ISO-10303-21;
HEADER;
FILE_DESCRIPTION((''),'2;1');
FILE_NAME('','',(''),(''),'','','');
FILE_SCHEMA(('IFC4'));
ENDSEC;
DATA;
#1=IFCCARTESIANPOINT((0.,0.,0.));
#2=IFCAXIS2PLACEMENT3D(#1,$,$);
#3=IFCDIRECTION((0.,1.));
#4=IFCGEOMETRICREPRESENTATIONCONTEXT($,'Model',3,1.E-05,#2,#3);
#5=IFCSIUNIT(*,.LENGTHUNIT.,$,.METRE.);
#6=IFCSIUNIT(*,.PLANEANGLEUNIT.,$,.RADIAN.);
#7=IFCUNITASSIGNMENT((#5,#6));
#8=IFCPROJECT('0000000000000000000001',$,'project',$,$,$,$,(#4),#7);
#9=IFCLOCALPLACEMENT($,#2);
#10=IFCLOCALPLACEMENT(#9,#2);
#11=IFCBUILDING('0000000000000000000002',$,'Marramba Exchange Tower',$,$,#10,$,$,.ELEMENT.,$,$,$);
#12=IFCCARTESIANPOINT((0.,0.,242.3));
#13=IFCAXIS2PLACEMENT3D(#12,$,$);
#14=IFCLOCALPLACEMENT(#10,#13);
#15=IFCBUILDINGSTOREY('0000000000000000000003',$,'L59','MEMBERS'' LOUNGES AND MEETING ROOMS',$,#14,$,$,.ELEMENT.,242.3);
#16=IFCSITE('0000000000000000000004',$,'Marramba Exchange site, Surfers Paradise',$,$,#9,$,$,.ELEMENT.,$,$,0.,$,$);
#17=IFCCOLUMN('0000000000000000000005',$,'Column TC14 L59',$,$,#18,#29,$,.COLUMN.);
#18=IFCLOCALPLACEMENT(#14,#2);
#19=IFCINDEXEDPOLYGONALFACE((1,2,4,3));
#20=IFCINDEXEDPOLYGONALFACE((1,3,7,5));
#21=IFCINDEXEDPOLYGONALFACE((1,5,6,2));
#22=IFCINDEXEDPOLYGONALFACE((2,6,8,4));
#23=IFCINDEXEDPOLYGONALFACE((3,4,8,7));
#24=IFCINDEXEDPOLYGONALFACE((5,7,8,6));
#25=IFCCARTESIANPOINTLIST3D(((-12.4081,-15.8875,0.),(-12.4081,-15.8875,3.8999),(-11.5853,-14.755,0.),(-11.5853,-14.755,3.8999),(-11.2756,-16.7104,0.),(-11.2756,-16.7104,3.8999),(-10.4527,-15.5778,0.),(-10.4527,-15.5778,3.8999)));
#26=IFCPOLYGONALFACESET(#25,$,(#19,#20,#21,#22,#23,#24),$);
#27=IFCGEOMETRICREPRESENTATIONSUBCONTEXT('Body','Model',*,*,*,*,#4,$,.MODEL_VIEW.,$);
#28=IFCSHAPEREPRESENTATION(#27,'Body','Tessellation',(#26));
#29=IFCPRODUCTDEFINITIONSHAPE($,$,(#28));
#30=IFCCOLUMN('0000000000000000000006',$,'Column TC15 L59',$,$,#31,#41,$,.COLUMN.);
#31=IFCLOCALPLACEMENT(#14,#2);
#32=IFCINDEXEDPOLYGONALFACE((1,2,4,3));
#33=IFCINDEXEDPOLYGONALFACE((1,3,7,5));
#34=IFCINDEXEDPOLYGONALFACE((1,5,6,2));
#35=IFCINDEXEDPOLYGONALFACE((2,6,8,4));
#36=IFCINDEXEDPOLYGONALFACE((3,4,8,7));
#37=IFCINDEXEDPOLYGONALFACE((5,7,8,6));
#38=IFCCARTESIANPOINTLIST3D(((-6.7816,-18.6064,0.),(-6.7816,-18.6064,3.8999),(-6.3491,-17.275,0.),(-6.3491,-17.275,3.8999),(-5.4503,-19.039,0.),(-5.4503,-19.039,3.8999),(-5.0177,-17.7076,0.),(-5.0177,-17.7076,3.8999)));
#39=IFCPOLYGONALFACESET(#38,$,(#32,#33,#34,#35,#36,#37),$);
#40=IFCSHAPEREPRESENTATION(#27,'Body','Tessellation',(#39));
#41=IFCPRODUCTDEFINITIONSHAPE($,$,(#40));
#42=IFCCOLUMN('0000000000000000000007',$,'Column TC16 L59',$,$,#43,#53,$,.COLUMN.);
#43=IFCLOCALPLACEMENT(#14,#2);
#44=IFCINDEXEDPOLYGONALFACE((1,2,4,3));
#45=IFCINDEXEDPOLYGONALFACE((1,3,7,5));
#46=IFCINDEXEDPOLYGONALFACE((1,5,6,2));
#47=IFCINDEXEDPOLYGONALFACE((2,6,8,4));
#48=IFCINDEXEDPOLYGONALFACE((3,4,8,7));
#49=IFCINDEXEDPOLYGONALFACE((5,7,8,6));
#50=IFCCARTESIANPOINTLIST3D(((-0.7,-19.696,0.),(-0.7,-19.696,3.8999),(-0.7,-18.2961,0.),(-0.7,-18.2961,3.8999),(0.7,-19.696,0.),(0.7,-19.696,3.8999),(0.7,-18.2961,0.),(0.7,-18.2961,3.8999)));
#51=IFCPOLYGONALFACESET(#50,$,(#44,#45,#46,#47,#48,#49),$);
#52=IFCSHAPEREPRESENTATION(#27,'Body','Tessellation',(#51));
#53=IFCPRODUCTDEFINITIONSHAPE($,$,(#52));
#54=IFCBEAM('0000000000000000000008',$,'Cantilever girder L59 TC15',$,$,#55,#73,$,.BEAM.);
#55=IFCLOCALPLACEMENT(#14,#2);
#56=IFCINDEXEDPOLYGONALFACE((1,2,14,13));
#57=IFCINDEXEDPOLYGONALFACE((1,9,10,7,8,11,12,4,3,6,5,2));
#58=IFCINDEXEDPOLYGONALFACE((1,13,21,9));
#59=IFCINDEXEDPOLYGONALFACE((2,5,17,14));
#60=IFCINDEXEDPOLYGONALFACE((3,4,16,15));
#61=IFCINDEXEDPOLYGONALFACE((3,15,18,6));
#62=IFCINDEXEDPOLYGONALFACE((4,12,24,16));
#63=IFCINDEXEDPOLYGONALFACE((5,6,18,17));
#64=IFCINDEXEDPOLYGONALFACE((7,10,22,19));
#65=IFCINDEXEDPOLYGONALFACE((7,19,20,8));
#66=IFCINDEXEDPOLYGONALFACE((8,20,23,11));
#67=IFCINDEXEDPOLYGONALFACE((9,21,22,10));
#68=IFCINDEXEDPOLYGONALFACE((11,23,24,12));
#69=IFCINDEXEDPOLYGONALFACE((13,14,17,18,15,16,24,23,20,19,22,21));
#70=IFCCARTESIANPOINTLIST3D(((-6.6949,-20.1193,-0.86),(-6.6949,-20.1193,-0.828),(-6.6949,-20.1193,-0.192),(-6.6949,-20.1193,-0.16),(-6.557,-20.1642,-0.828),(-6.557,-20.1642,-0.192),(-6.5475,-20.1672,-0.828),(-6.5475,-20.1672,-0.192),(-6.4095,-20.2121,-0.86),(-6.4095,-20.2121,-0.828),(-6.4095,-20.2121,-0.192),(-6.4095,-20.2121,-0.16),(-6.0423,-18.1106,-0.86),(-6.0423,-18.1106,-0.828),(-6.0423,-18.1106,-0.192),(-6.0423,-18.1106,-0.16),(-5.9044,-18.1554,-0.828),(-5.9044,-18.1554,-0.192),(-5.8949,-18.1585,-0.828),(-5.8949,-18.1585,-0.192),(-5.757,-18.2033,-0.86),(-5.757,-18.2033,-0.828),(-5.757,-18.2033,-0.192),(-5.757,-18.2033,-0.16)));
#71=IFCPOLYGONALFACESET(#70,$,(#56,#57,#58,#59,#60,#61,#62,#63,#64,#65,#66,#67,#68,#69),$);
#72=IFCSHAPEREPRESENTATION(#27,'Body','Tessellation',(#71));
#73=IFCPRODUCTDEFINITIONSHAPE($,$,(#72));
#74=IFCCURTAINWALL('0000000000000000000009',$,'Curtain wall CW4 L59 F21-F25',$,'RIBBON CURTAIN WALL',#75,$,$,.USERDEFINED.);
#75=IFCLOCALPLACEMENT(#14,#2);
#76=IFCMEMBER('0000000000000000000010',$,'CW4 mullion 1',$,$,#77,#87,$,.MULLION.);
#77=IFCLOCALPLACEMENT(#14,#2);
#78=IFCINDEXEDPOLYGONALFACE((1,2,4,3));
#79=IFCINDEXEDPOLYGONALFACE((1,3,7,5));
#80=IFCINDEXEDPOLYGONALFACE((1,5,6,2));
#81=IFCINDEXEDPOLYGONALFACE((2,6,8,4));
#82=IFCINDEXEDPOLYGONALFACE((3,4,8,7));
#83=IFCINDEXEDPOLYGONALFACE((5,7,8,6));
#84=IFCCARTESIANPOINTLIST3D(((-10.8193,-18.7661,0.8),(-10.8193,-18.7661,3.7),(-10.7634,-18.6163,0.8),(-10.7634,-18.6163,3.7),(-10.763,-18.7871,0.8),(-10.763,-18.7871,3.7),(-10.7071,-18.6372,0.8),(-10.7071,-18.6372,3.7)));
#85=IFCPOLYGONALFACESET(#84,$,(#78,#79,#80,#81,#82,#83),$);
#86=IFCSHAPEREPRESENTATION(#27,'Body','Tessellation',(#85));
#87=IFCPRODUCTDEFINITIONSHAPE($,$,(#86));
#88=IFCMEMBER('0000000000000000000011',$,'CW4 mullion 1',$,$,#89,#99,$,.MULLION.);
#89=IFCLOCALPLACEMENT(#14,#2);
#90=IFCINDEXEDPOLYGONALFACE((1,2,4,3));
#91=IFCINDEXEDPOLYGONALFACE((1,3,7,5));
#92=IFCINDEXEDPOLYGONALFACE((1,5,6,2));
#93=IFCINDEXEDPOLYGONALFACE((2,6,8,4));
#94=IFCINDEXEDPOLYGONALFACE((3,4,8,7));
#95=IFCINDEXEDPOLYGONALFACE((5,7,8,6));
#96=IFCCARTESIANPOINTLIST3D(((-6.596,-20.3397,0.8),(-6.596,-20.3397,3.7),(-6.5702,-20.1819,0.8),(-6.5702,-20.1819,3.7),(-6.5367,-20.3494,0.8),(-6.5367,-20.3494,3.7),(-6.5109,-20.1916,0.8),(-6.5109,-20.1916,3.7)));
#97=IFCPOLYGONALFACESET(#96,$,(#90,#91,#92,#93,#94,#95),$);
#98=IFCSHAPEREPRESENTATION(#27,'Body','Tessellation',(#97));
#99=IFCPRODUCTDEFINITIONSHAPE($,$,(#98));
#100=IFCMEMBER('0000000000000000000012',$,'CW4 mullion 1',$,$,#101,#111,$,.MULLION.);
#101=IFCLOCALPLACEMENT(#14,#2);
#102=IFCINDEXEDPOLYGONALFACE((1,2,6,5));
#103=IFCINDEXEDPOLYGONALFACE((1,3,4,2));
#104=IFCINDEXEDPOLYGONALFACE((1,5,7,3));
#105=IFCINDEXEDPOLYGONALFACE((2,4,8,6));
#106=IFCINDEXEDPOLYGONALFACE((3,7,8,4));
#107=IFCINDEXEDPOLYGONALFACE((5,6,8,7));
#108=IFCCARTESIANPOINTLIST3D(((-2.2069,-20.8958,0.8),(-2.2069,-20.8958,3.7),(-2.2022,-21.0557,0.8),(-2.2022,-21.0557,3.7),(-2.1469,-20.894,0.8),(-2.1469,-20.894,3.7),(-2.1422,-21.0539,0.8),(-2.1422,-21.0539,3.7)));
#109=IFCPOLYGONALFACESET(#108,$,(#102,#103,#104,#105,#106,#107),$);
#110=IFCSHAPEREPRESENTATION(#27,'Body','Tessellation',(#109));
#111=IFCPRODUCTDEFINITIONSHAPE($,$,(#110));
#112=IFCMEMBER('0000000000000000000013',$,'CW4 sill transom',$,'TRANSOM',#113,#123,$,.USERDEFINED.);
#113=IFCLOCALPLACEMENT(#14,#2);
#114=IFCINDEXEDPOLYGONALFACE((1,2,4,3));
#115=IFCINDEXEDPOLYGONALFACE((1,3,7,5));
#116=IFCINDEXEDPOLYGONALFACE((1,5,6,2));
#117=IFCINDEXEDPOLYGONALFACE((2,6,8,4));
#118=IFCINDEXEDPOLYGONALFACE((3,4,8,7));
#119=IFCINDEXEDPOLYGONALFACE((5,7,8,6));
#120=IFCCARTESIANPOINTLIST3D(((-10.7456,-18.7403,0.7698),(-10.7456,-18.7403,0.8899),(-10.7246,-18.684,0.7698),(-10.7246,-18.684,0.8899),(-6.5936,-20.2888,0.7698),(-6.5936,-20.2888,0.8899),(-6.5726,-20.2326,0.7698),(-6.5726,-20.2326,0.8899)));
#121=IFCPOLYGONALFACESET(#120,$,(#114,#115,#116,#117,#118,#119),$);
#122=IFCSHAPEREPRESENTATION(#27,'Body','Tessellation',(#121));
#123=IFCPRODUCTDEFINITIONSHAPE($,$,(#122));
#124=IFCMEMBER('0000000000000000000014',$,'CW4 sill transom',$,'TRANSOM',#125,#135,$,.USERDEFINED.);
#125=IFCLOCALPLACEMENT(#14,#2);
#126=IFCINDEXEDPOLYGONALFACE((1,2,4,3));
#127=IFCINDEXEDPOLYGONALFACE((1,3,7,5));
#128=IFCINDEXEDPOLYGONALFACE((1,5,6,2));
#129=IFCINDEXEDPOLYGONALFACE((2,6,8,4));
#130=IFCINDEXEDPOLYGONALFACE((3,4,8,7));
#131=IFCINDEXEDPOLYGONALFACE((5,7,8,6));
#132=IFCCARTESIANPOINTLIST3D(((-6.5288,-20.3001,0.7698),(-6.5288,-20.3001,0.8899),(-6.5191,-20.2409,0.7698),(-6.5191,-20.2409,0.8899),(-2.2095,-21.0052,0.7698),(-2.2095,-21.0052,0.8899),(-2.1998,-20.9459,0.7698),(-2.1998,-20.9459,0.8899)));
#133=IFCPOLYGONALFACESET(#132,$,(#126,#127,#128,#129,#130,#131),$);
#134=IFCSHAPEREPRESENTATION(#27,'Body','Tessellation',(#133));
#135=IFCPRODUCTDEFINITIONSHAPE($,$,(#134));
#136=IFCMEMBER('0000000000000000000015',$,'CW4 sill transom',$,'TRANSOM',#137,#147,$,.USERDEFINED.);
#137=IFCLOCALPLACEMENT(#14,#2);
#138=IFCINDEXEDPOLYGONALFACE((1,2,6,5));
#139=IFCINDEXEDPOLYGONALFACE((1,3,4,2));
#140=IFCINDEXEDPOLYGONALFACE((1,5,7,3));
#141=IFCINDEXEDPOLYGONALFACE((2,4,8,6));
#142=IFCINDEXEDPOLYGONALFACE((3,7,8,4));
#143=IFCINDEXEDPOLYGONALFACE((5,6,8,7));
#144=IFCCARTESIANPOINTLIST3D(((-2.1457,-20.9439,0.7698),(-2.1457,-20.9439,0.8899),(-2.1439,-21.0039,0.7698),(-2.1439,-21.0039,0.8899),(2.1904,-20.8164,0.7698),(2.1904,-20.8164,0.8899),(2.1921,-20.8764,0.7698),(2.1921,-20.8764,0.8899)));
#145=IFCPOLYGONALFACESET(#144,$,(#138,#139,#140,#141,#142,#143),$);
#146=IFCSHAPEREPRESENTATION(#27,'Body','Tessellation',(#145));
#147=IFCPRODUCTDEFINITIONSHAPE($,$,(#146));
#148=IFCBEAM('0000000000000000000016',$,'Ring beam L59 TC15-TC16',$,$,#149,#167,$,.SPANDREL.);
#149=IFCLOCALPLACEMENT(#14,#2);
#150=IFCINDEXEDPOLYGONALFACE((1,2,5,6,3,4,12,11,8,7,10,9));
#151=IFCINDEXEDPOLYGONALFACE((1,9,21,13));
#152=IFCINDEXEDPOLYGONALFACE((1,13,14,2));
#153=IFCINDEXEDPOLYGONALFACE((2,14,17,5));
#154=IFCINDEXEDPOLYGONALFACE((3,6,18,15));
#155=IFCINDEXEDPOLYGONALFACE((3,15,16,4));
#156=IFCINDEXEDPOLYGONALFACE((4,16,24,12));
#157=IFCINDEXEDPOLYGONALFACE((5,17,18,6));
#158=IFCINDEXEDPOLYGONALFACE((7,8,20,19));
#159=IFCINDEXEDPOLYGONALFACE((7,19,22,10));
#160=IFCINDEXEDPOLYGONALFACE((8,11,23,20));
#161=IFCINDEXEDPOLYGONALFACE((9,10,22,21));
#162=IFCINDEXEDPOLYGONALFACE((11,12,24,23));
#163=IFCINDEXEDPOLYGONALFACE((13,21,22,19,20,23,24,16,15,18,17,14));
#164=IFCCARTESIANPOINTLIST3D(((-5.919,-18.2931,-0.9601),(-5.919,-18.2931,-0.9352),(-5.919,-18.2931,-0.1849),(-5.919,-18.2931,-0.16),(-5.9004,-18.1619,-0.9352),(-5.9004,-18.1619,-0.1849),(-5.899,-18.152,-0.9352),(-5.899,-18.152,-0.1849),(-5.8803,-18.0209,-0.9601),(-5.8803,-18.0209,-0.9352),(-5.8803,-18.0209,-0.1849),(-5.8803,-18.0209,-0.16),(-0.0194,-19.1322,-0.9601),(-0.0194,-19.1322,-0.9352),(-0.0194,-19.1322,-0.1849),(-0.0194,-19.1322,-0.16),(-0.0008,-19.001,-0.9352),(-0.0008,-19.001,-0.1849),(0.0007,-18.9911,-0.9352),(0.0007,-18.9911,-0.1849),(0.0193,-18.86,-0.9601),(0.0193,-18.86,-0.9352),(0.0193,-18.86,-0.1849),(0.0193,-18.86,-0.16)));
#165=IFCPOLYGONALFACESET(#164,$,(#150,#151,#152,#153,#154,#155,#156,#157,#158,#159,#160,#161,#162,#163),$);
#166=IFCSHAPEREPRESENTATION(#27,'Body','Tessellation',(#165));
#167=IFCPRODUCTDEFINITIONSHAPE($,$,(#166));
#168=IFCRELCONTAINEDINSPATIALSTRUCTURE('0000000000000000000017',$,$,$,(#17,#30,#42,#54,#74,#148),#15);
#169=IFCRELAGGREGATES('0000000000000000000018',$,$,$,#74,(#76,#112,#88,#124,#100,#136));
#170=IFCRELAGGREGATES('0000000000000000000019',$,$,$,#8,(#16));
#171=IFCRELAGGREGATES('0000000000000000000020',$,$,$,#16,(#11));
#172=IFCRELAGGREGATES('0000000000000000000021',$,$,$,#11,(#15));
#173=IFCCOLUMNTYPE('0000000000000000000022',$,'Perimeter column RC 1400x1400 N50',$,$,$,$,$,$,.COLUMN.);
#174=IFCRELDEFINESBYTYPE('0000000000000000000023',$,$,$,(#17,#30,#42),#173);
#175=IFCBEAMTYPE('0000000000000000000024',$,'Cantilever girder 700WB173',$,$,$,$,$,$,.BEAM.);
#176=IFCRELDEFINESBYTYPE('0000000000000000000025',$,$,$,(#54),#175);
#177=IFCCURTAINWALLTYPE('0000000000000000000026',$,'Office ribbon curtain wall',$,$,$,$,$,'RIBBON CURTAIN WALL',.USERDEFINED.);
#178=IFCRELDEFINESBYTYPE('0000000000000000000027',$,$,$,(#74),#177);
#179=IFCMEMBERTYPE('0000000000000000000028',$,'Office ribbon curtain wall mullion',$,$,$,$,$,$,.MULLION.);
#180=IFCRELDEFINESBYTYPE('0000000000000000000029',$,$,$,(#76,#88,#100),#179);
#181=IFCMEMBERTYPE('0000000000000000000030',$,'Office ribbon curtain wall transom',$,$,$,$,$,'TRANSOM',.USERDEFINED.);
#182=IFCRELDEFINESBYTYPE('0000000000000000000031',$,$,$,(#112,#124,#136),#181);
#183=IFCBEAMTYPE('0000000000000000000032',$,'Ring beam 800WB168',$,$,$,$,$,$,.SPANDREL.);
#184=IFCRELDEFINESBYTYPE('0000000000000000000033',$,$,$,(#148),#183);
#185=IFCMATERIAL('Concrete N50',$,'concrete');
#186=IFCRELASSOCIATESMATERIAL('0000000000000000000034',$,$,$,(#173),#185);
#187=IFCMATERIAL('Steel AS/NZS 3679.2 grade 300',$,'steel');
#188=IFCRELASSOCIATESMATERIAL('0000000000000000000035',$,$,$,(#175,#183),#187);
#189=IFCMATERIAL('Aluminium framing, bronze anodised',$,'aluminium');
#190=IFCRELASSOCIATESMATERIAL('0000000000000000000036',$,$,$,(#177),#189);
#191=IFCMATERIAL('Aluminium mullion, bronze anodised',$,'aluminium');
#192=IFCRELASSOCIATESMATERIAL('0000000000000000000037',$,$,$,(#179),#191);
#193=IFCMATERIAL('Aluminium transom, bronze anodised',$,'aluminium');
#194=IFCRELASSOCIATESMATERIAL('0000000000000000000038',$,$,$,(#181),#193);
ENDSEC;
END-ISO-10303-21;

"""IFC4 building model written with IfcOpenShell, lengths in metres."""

from ifc_helpers import new_model, si_unit, direction, frame, origin, origin_2d, place, context, subcontext, project, spatial, rectangle, i_section, extrude, material, material_profile, profile_set, type_object, element, aggregate, save


model = new_model("IFC4")

# Units and contexts
model_context = context("Model", 3, precision=1e-05, world=origin(), true_north=direction((0.0, 1.0)))
body_context = subcontext(model_context, "Body", "Model", "MODEL_VIEW")
ifc_project = project(units=[si_unit("LENGTHUNIT", "METRE"), si_unit("PLANEANGLEUNIT", "RADIAN")], contexts=[model_context])

# Site, building, storey
site_placement = place(None, origin())
site = spatial("IfcSite", under=ifc_project, at=site_placement, Name="Marramba Exchange site, Surfers Paradise", CompositionType="ELEMENT", RefElevation=0.0)
building_placement = place(site_placement, origin())
building = spatial("IfcBuilding", under=site, at=building_placement, Name="Marramba Exchange Tower", CompositionType="ELEMENT")
storey_placement = place(building_placement, frame((0.0, 0.0, 242.3)))
storey = spatial("IfcBuildingStorey", under=building, at=storey_placement, Name="L59", Description="MEMBERS' LOUNGES AND MEETING ROOMS", CompositionType="ELEMENT", Elevation=242.3)

# Columns
ifc_material_1 = material(Name="Concrete N50", Category="concrete")
ifc_material_profile_1 = material_profile(ifc_material_1, rectangle(XDim=1.3999, YDim=1.3999, at=origin_2d()), Name="RC 1400x1400")
ifc_profile_set_1 = profile_set([ifc_material_profile_1], Name="Concrete N50")
column_type = type_object("IfcColumnType", Name="Perimeter column RC 1400x1400 N50", PredefinedType="COLUMN", material=ifc_profile_set_1)
for number, where, z_axis, x_axis, name in (
    (1, (-11.4304, -15.7327, 0.0), (0.0, 0.0, 1.0), (-0.587785, -0.809017, 0.0), "Column TC14 L59"),
    (2, (-5.8997, -18.157, 0.0), (0.0, 0.0, 1.0), (-0.309017, -0.951057, 0.0), "Column TC15 L59"),
    (3, (0.0, -18.9961, 0.0), (0.0, 0.0, 1.0), (0.0, -1.0, 0.0), "Column TC16 L59"),
):
    element("IfcColumn", number, at=place(storey_placement, frame(where, z_axis=z_axis, x_axis=x_axis)), inside=storey, type_object=column_type, Name=name, PredefinedType="COLUMN", context=body_context, shape_type="SweptSolid", body=[
        extrude(rectangle(XDim=1.3999, YDim=1.3999, at=origin_2d()), origin(), (0.0, 0.0, 1.0), 3.8999),
    ])

# Beam
ifc_material_2 = material(Name="Steel AS/NZS 3679.2 grade 300", Category="steel")
ifc_material_profile_2 = material_profile(ifc_material_2, i_section(OverallWidth=0.3, OverallDepth=0.7, WebThickness=0.01, FlangeThickness=0.032, at=origin_2d()), Name="700WB173")
ifc_profile_set_2 = profile_set([ifc_material_profile_2], Name="Steel AS/NZS 3679.2 grade 300")
beam_type_1 = type_object("IfcBeamType", Name="Cantilever girder 700WB173", PredefinedType="BEAM", material=ifc_profile_set_2)
beam_1_placement = place(storey_placement, frame((-5.8997, -18.157, -0.51), z_axis=(-0.308971, -0.951071, 0.0), x_axis=(0.951071, -0.308971, 0.0)))
element("IfcBeam", 4, at=beam_1_placement, inside=storey, type_object=beam_type_1, Name="Cantilever girder L59 TC15", PredefinedType="BEAM", context=body_context, shape_type="SweptSolid", body=[
    extrude(i_section(OverallWidth=0.3, OverallDepth=0.7, WebThickness=0.01, FlangeThickness=0.032, at=origin_2d()), origin(), (0.0, 0.0, 1.0), 2.1121),
])

# Curtain wall, members
ifc_material_3 = material(Name="Aluminium framing, bronze anodised", Category="aluminium")
curtain_wall_type = type_object("IfcCurtainWallType", Name="Office ribbon curtain wall", ElementType="RIBBON CURTAIN WALL", PredefinedType="USERDEFINED", material=ifc_material_3)
curtain_wall_1_placement = place(storey_placement, origin())
curtain_wall_1 = element("IfcCurtainWall", 5, at=curtain_wall_1_placement, inside=storey, type_object=curtain_wall_type, Name="Curtain wall CW4 L59 F21-F25", ObjectType="RIBBON CURTAIN WALL", PredefinedType="USERDEFINED")
ifc_material_4 = material(Name="Aluminium mullion, bronze anodised", Category="aluminium")
ifc_material_profile_3 = material_profile(ifc_material_4, rectangle(XDim=0.1599, YDim=0.0601, at=origin_2d()), Name="CW4 mullion 60x160")
ifc_profile_set_3 = profile_set([ifc_material_profile_3], Name="Aluminium mullion, bronze anodised")
member_type_1 = type_object("IfcMemberType", Name="Office ribbon curtain wall mullion", PredefinedType="MULLION", material=ifc_profile_set_3)
member_1_placement = place(storey_placement, frame((-10.7632, -18.7017, 0.8), z_axis=(0.0, 0.0, 1.0), x_axis=(0.349459, 0.936952, 0.0)))
member_1 = element("IfcMember", 6, at=member_1_placement, type_object=member_type_1, Name="CW4 mullion 1", PredefinedType="MULLION", context=body_context, shape_type="SweptSolid", body=[
    extrude(rectangle(XDim=0.1599, YDim=0.0601, at=origin_2d()), origin(), (0.0, 0.0, 1.0), 2.8999),
])
member_2_placement = place(storey_placement, frame((-6.5535, -20.2656, 0.8), z_axis=(0.0, 0.0, 1.0), x_axis=(0.161146, 0.986931, 0.0)))
member_2 = element("IfcMember", 7, at=member_2_placement, type_object=member_type_1, Name="CW4 mullion 1", PredefinedType="MULLION", context=body_context, shape_type="SweptSolid", body=[
    extrude(rectangle(XDim=0.1599, YDim=0.0601, at=origin_2d()), origin(), (0.0, 0.0, 1.0), 2.8999),
])
member_3_placement = place(storey_placement, frame((-2.1746, -20.9749, 0.8), z_axis=(0.0, 0.0, 1.0), x_axis=(-0.029393, 0.999568, 0.0)))
member_3 = element("IfcMember", 8, at=member_3_placement, type_object=member_type_1, Name="CW4 mullion 1", PredefinedType="MULLION", context=body_context, shape_type="SweptSolid", body=[
    extrude(rectangle(XDim=0.1599, YDim=0.0601, at=origin_2d()), origin(), (0.0, 0.0, 1.0), 2.8999),
])
ifc_material_5 = material(Name="Aluminium transom, bronze anodised", Category="aluminium")
ifc_material_profile_4 = material_profile(ifc_material_5, rectangle(XDim=0.0601, YDim=0.1201, at=origin_2d()), Name="CW4 transom 60x120")
ifc_profile_set_4 = profile_set([ifc_material_profile_4], Name="Aluminium transom, bronze anodised")
member_type_2 = type_object("IfcMemberType", Name="Office ribbon curtain wall transom", ElementType="TRANSOM", PredefinedType="USERDEFINED", material=ifc_profile_set_4)
member_4_placement = place(storey_placement, frame((-10.7351, -18.7122, 0.8298), z_axis=(0.936955, -0.34945, 0.0), x_axis=(0.34945, 0.936955, 0.0)))
member_4 = element("IfcMember", 9, at=member_4_placement, type_object=member_type_2, Name="CW4 sill transom", ObjectType="TRANSOM", PredefinedType="USERDEFINED", context=body_context, shape_type="SweptSolid", body=[
    extrude(rectangle(XDim=0.0601, YDim=0.1201, at=origin_2d()), origin(), (0.0, 0.0, 1.0), 4.4314),
])
member_5_placement = place(storey_placement, frame((-6.5239, -20.2705, 0.8298), z_axis=(0.986937, -0.161105, 0.0), x_axis=(0.161105, 0.986937, 0.0)))
member_5 = element("IfcMember", 10, at=member_5_placement, type_object=member_type_2, Name="CW4 sill transom", ObjectType="TRANSOM", PredefinedType="USERDEFINED", context=body_context, shape_type="SweptSolid", body=[
    extrude(rectangle(XDim=0.0601, YDim=0.1201, at=origin_2d()), origin(), (0.0, 0.0, 1.0), 4.3765),
])
member_6_placement = place(storey_placement, frame((-2.1448, -20.9739, 0.8298), z_axis=(0.999568, 0.029379, 0.0), x_axis=(-0.029379, 0.999568, 0.0)))
member_6 = element("IfcMember", 11, at=member_6_placement, type_object=member_type_2, Name="CW4 sill transom", ObjectType="TRANSOM", PredefinedType="USERDEFINED", context=body_context, shape_type="SweptSolid", body=[
    extrude(rectangle(XDim=0.0601, YDim=0.1201, at=origin_2d()), origin(), (0.0, 0.0, 1.0), 4.3379),
])

# Beam
ifc_material_profile_5 = material_profile(ifc_material_2, i_section(OverallWidth=0.2749, OverallDepth=0.8, WebThickness=0.01, FlangeThickness=0.0249, at=origin_2d()), Name="800WB168")
ifc_profile_set_5 = profile_set([ifc_material_profile_5], Name="Steel AS/NZS 3679.2 grade 300")
beam_type_2 = type_object("IfcBeamType", Name="Ring beam 800WB168", PredefinedType="SPANDREL", material=ifc_profile_set_5)
beam_2_placement = place(storey_placement, frame((-5.8997, -18.157, -0.5601), z_axis=(0.990036, -0.140813, 0.0), x_axis=(0.140813, 0.990036, 0.0)))
element("IfcBeam", 12, at=beam_2_placement, inside=storey, type_object=beam_type_2, Name="Ring beam L59 TC15-TC16", PredefinedType="SPANDREL", context=body_context, shape_type="SweptSolid", body=[
    extrude(i_section(OverallWidth=0.2749, OverallDepth=0.8, WebThickness=0.01, FlangeThickness=0.0249, at=origin_2d()), origin(), (0.0, 0.0, 1.0), 5.959),
])

aggregate(curtain_wall_1, [member_1, member_4, member_2, member_5, member_3, member_6])

save(model, "model.ifc")
